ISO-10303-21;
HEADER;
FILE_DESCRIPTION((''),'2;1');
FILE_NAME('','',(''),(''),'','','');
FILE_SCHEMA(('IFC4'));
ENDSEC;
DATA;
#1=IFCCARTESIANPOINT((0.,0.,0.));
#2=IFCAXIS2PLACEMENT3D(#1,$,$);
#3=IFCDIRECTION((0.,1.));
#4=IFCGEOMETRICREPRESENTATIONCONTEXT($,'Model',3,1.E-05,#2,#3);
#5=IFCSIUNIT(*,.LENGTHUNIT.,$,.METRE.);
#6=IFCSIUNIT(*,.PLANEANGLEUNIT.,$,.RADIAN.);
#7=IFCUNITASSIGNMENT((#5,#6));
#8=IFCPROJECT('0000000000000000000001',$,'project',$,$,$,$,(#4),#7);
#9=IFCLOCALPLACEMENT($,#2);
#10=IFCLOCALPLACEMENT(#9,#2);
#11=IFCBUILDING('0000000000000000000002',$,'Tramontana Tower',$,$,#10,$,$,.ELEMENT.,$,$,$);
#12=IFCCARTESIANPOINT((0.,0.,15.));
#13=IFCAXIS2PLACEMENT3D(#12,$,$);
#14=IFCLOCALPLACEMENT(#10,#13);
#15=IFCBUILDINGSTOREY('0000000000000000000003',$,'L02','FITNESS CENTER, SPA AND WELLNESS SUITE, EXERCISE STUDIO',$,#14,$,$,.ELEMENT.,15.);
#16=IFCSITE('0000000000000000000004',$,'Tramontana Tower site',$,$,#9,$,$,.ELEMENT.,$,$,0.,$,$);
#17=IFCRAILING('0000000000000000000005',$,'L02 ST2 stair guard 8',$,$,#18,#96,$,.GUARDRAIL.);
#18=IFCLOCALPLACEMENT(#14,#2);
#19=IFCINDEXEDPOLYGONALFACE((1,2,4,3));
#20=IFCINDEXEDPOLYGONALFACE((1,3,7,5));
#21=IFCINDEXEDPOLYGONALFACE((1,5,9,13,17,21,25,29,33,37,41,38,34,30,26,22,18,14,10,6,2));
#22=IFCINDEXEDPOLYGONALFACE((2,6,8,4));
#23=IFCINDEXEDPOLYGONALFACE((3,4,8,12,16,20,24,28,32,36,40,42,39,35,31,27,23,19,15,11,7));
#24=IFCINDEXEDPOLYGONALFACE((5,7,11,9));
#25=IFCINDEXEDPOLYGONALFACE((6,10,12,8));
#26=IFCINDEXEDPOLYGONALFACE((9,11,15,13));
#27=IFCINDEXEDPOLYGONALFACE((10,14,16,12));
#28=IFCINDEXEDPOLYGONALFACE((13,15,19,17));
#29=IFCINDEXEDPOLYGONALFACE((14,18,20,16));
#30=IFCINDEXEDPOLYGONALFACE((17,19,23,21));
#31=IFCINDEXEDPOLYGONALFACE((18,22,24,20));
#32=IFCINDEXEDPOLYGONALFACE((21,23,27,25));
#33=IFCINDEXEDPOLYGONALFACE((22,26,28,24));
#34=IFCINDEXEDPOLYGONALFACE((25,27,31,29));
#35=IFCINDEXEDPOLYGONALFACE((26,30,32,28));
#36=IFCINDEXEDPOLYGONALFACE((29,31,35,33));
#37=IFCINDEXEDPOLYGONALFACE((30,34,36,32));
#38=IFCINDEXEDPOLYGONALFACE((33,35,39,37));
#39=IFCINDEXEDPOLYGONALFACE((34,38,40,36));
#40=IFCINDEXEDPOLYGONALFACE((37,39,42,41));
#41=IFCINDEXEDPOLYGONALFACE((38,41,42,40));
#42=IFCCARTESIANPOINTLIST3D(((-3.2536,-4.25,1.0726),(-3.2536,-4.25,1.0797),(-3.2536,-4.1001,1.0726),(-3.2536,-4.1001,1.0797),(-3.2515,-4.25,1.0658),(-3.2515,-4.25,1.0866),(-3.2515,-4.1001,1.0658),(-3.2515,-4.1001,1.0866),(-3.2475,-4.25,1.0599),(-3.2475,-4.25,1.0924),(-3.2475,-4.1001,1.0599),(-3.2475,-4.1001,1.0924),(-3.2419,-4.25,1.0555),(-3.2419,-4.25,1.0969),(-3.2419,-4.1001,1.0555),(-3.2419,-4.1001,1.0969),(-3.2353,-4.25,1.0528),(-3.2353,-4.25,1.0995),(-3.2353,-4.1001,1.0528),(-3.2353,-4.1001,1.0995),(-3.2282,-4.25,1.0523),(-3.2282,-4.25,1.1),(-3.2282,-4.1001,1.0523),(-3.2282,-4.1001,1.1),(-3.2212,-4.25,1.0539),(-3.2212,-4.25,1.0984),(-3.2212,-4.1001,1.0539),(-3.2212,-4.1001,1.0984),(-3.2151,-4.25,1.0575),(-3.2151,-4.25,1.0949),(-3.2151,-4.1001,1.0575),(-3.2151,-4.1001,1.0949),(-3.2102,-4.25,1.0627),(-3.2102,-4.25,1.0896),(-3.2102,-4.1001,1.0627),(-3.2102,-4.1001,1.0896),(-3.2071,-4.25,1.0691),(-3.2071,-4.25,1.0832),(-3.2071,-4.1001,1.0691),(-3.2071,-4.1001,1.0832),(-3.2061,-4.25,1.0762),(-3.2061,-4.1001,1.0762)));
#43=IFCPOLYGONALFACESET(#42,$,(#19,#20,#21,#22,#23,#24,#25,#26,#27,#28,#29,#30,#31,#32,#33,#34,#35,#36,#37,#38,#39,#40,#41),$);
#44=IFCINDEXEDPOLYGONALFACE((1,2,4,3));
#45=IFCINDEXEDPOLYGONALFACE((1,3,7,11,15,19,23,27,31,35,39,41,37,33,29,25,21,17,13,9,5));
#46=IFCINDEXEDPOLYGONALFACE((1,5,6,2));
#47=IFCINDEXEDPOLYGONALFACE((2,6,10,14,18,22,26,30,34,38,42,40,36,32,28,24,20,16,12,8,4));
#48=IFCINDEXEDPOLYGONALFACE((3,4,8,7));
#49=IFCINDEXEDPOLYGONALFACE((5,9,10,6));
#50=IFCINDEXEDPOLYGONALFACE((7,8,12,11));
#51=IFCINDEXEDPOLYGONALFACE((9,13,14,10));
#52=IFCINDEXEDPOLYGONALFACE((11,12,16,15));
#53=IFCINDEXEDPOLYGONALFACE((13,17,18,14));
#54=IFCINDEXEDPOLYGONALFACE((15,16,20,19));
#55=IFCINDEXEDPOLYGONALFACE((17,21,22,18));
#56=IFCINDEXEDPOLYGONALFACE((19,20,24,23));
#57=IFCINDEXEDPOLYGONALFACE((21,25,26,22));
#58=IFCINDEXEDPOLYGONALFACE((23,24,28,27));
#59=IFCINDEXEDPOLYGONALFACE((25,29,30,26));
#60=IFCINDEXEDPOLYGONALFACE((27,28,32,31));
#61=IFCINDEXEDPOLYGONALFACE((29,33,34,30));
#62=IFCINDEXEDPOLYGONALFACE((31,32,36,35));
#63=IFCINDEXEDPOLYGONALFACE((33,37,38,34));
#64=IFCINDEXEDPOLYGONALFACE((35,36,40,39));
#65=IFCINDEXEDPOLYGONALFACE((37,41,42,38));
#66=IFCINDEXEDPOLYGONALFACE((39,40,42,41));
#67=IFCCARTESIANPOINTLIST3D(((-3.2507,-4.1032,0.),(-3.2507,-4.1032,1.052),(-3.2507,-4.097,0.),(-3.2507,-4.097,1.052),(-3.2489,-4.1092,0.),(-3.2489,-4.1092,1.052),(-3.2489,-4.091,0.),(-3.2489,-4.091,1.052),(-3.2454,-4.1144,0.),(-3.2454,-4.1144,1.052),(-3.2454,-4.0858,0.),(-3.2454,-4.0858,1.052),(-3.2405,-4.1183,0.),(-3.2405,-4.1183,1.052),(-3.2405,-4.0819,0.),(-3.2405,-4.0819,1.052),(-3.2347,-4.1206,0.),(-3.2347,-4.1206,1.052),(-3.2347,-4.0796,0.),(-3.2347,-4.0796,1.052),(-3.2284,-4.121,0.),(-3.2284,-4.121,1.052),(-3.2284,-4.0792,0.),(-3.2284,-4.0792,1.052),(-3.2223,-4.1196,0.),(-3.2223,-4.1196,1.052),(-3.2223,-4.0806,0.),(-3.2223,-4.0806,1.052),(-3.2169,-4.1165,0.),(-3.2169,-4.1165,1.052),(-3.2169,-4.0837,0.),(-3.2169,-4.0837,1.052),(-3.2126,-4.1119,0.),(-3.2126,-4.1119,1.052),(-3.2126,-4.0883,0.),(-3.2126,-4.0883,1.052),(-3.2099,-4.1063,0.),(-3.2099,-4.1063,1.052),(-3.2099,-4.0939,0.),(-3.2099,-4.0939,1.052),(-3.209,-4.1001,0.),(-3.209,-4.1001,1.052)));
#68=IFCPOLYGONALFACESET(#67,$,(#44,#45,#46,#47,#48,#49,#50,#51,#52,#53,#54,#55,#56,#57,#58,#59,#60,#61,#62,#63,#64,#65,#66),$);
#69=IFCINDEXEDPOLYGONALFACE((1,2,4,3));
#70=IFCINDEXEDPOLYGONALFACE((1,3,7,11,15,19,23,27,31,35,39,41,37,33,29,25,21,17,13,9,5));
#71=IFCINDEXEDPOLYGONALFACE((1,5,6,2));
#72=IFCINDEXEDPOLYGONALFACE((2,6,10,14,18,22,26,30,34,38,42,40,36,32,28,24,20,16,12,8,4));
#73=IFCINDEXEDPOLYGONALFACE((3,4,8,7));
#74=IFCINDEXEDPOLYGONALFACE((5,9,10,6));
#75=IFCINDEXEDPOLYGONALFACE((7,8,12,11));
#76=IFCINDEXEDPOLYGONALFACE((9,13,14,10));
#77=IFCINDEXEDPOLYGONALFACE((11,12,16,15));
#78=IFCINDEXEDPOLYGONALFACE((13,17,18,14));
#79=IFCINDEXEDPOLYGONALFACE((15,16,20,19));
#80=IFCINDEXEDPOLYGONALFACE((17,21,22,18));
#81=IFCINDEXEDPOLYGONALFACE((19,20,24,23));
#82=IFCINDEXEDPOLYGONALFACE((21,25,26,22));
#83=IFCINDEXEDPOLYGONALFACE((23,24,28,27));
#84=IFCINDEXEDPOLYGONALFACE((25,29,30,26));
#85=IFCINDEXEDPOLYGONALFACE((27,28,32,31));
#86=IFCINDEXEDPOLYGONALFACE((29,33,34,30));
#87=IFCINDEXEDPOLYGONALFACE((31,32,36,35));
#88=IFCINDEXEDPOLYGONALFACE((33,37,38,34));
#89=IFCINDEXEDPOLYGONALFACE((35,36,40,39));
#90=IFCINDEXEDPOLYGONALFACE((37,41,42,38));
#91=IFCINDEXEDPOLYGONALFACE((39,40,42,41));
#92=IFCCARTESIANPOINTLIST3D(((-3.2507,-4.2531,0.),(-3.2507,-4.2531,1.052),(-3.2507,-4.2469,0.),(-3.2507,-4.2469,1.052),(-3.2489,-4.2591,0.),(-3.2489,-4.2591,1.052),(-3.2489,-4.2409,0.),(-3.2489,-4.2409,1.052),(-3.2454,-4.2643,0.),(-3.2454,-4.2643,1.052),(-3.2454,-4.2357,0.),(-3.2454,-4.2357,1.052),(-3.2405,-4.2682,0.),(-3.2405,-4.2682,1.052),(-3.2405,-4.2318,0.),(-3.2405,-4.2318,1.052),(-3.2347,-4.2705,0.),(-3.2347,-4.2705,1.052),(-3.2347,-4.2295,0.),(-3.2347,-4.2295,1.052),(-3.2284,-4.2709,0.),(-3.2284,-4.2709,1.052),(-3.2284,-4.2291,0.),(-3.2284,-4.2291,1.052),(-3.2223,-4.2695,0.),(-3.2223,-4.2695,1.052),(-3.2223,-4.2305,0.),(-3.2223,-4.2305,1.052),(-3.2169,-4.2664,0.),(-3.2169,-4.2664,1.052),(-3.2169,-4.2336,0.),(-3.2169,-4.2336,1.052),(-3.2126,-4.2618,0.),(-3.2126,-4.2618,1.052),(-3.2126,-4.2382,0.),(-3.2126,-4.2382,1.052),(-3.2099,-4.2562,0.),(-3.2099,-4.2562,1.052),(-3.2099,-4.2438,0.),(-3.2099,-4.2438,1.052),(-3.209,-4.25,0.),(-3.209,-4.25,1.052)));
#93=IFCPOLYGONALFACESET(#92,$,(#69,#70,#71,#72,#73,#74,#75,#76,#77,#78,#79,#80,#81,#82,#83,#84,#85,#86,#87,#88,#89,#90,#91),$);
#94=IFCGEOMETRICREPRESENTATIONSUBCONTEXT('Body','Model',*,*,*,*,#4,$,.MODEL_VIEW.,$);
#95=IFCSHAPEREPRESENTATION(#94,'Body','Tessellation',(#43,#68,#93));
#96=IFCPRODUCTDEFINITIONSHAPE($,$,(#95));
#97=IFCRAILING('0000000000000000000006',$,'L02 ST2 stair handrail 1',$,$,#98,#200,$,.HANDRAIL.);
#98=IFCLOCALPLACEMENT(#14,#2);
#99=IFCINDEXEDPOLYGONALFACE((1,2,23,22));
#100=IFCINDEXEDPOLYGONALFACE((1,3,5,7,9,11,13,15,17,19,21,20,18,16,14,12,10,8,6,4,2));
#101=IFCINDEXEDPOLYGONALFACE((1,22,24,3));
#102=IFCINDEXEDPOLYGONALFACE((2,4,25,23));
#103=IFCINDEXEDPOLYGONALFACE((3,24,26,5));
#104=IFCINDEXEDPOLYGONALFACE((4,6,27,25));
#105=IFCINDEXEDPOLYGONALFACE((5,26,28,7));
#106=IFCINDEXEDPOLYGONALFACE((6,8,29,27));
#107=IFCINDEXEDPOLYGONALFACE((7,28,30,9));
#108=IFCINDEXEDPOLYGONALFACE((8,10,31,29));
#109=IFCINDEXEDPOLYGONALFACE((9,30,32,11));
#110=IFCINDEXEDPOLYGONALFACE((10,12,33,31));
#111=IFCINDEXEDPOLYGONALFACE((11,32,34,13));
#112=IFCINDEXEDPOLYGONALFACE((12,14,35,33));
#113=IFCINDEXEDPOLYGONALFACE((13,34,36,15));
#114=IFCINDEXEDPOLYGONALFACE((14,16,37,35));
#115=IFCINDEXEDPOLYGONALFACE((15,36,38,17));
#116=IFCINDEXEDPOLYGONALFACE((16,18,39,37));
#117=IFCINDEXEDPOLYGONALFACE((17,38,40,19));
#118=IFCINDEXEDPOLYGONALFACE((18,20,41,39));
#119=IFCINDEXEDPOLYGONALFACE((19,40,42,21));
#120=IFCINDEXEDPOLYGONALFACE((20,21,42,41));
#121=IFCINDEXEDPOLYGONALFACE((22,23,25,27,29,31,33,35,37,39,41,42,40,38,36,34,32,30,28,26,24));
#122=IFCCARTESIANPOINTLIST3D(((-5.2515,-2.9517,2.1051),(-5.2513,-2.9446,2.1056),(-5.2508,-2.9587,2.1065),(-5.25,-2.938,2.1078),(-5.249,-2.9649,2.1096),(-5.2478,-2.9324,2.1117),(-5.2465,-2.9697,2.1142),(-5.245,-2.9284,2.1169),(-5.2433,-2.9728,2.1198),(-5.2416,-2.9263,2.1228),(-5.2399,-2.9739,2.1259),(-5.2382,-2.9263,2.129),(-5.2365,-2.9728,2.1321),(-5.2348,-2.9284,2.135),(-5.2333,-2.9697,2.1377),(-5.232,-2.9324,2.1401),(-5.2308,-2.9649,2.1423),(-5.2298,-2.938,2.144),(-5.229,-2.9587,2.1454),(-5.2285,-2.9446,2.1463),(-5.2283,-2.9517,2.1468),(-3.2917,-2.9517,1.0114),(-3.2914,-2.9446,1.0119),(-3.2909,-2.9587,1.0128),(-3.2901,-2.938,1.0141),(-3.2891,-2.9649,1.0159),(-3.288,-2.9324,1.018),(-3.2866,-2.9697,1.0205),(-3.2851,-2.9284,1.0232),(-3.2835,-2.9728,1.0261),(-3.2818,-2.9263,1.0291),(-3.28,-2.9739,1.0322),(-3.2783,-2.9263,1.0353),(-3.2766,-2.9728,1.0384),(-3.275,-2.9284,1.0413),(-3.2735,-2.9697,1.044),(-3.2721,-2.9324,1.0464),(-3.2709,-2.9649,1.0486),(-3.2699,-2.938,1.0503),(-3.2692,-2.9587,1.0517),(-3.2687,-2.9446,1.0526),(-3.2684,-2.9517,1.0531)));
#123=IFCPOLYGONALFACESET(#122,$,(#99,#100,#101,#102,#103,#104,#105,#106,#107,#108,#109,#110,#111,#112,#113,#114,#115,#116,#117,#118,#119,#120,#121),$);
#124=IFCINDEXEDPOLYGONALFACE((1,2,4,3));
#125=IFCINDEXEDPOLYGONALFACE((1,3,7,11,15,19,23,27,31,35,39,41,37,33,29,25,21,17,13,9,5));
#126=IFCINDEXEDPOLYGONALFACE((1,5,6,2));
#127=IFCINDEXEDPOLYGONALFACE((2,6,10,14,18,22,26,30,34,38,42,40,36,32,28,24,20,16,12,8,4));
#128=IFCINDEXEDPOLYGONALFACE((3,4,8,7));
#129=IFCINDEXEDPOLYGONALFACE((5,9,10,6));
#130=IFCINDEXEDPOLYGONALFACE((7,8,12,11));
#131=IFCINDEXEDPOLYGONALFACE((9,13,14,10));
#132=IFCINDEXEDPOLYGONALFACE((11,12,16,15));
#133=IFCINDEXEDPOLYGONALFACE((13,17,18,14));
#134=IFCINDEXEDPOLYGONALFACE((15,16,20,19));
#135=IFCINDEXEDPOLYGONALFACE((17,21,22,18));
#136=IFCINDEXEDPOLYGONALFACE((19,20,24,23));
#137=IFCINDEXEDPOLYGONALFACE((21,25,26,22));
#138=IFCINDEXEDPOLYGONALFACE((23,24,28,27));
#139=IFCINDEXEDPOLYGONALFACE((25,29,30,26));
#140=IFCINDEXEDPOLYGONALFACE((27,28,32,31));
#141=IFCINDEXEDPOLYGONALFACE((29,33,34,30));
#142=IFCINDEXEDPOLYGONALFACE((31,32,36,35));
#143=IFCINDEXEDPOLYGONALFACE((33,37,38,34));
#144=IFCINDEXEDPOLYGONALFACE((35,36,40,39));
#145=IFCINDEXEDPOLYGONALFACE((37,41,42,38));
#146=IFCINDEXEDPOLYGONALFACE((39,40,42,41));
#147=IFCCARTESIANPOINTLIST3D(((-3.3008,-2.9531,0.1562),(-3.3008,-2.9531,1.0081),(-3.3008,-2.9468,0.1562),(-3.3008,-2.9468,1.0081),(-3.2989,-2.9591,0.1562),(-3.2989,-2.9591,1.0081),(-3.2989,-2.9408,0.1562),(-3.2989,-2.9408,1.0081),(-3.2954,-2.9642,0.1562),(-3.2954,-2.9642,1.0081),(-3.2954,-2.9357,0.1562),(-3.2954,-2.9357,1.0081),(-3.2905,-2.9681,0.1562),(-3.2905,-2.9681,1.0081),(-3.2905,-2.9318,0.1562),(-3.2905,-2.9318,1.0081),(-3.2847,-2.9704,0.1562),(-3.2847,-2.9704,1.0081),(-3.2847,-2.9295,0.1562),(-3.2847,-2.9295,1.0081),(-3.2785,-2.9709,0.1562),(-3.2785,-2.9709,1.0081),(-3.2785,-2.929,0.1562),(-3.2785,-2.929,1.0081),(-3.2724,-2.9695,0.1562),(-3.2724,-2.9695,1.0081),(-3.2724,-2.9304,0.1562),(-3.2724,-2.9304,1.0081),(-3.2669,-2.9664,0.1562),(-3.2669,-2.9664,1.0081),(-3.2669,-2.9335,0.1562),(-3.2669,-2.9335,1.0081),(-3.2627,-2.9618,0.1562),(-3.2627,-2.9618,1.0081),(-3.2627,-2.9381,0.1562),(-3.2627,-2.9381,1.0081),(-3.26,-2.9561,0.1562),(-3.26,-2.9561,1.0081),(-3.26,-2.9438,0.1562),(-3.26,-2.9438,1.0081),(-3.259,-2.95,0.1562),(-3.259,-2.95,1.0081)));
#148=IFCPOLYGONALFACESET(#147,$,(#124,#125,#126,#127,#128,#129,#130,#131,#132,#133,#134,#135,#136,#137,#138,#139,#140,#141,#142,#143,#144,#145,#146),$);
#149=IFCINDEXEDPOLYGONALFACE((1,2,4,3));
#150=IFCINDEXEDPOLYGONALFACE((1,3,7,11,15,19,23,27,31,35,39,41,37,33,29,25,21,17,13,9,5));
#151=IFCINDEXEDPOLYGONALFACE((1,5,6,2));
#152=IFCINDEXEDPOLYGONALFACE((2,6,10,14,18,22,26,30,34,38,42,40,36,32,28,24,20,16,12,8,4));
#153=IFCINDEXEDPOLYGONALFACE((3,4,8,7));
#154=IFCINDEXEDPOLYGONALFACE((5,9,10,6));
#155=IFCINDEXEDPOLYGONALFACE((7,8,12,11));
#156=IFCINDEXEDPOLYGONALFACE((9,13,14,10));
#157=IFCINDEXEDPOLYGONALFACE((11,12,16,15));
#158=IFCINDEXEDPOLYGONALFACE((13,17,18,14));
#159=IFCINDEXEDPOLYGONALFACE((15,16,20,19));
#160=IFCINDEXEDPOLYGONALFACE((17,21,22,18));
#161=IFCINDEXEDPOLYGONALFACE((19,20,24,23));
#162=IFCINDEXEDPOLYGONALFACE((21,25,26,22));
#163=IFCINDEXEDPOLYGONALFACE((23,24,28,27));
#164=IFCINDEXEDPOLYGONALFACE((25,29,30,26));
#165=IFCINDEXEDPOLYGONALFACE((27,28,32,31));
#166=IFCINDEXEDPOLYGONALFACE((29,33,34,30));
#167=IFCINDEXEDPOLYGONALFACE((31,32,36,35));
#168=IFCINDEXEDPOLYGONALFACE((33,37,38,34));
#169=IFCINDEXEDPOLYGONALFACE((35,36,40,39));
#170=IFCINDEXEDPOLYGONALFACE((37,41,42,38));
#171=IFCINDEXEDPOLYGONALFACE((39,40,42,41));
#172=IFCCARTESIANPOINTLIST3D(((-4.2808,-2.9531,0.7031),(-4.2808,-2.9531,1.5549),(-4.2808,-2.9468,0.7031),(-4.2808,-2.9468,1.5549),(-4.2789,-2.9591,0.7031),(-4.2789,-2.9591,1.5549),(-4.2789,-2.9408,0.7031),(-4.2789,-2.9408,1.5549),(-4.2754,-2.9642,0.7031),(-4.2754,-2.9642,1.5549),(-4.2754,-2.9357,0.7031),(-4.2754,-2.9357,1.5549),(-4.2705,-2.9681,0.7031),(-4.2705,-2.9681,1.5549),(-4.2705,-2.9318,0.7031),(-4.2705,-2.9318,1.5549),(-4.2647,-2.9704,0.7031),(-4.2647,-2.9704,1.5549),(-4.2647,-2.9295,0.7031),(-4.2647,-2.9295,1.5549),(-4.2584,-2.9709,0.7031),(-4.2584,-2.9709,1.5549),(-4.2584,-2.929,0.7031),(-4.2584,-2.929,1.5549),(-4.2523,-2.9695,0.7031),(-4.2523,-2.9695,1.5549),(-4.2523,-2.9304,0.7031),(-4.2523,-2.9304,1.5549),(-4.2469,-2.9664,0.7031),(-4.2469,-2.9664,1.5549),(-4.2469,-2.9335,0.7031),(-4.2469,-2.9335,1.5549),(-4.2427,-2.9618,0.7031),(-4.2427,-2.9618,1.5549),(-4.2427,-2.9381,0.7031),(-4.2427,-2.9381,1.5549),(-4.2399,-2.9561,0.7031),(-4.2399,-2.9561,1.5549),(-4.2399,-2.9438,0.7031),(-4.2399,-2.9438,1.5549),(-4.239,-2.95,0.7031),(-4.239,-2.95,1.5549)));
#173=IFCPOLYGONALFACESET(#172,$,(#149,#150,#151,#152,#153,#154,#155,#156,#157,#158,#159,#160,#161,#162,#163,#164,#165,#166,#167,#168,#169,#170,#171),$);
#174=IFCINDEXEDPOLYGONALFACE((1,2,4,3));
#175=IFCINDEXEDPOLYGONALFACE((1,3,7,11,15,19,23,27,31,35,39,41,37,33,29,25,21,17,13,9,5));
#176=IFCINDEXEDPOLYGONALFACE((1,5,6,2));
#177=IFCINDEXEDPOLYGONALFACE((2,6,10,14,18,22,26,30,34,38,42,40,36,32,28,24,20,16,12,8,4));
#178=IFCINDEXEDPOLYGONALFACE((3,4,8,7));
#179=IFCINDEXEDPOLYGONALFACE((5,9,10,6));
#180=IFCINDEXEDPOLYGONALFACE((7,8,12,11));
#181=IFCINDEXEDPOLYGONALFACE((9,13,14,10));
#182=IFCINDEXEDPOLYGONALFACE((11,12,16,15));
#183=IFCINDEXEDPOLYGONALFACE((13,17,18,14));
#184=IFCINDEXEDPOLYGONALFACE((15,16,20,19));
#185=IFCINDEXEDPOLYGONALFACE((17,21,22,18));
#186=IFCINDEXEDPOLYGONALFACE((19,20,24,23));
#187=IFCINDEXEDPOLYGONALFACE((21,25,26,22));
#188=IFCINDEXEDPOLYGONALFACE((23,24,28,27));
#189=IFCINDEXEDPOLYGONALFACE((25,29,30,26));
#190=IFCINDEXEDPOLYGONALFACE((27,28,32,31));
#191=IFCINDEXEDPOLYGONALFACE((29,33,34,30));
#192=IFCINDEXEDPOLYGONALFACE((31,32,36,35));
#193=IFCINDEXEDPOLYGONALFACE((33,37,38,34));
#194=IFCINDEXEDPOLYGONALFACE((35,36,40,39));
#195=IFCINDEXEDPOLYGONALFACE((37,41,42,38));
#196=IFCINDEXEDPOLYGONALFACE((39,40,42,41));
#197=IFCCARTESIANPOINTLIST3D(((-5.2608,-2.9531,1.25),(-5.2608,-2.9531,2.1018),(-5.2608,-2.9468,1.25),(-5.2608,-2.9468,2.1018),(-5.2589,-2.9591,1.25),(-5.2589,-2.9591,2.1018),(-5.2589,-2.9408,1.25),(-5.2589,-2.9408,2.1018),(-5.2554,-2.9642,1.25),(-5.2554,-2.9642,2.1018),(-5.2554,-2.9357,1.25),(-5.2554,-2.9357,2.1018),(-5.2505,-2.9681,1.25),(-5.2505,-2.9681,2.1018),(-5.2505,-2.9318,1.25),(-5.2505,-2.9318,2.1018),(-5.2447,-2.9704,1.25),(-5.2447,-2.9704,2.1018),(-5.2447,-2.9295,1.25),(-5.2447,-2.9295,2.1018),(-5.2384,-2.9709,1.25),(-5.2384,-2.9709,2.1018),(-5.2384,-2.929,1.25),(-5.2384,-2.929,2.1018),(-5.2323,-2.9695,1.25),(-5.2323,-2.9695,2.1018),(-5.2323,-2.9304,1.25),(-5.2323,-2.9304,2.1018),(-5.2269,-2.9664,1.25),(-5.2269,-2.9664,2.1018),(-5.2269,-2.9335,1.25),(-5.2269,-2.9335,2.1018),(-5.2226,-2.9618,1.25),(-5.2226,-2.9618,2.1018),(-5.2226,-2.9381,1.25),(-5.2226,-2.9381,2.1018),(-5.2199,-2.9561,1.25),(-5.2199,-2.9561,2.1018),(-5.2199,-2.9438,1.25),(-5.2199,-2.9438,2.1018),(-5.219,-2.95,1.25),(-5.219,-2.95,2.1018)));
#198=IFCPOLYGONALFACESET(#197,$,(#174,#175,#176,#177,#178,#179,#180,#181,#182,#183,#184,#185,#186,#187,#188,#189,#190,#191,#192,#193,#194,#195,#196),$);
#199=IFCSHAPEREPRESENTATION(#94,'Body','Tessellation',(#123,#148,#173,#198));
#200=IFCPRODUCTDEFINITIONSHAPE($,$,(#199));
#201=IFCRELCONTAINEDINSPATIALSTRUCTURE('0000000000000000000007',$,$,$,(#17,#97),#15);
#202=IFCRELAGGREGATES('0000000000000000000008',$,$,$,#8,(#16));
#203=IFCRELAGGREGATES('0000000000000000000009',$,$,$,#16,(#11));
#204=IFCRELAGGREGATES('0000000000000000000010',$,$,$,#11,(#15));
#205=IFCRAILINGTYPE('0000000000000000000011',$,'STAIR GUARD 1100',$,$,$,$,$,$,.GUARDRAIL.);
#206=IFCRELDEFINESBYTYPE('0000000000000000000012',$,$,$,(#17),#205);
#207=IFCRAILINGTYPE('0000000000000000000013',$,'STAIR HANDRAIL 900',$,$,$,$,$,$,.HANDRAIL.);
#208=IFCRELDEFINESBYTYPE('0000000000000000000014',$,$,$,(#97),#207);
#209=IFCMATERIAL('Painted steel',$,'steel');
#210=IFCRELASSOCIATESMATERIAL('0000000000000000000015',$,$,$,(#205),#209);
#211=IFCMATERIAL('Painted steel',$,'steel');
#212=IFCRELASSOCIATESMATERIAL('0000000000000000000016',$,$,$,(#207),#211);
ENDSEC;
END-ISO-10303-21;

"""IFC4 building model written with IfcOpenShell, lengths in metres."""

from ifc_helpers import new_model, si_unit, direction, frame, origin, origin_2d, place, context, subcontext, project, spatial, circle, extrude, material, type_object, element, save


model = new_model("IFC4")

# Units and contexts
model_context = context("Model", 3, precision=1e-05, world=origin(), true_north=direction((0.0, 1.0)))
body_context = subcontext(model_context, "Body", "Model", "MODEL_VIEW")
ifc_project = project(units=[si_unit("LENGTHUNIT", "METRE"), si_unit("PLANEANGLEUNIT", "RADIAN")], contexts=[model_context])

# Site, building, storey
site_placement = place(None, origin())
site = spatial("IfcSite", under=ifc_project, at=site_placement, Name="Tramontana Tower site", CompositionType="ELEMENT", RefElevation=0.0)
building_placement = place(site_placement, origin())
building = spatial("IfcBuilding", under=site, at=building_placement, Name="Tramontana Tower", CompositionType="ELEMENT")
storey_placement = place(building_placement, frame((0.0, 0.0, 15.0)))
storey = spatial("IfcBuildingStorey", under=building, at=storey_placement, Name="L02", Description="FITNESS CENTER, SPA AND WELLNESS SUITE, EXERCISE STUDIO", CompositionType="ELEMENT", Elevation=15.0)

# Railings
ifc_material_1 = material(Name="Painted steel", Category="steel")
railing_type_1 = type_object("IfcRailingType", Name="STAIR GUARD 1100", PredefinedType="GUARDRAIL", material=ifc_material_1)
for number, where, name in (
    (1, (-3.23, -4.1001, 0.0), "L02 ST2 stair guard 8"),
):
    element("IfcRailing", number, at=place(storey_placement, frame(where)), inside=storey, type_object=railing_type_1, Name=name, PredefinedType="GUARDRAIL", context=body_context, shape_type="SweptSolid", body=[
        extrude(circle(Radius=0.0239, at=origin_2d()), frame((0.0, 0.0, 1.0762), z_axis=(0.0, -1.0, 0.0), x_axis=(1.0, 0.0, 0.0)), (0.0, 0.0, 1.0), 0.1499),
        extrude(circle(Radius=0.021, at=origin_2d()), origin(), (0.0, 0.0, 1.0), 1.052),
        extrude(circle(Radius=0.021, at=origin_2d()), frame((0.0, -0.1499, 0.0)), (0.0, 0.0, 1.0), 1.052),
    ])
ifc_material_2 = material(Name="Painted steel", Category="steel")
railing_type_2 = type_object("IfcRailingType", Name="STAIR HANDRAIL 900", PredefinedType="HANDRAIL", material=ifc_material_2)
railing_1_placement = place(storey_placement, frame((-3.28, -2.95, 0.1562)))
element("IfcRailing", 2, at=railing_1_placement, inside=storey, type_object=railing_type_2, Name="L02 ST2 stair handrail 1", PredefinedType="HANDRAIL", context=body_context, shape_type="SweptSolid", body=[
    extrude(circle(Radius=0.0239, at=origin_2d()), frame((0.0, 0.0, 0.876), z_axis=(-0.873232, 0.0, 0.487304), x_axis=(0.0, -1.0, 0.0)), (0.0, 0.0, 1.0), 2.2444),
    extrude(circle(Radius=0.021, at=origin_2d()), origin(), (0.0, 0.0, 1.0), 0.8518),
    extrude(circle(Radius=0.021, at=origin_2d()), frame((-0.98, 0.0, 0.5469)), (0.0, 0.0, 1.0), 0.8518),
    extrude(circle(Radius=0.021, at=origin_2d()), frame((-1.96, 0.0, 1.0938)), (0.0, 0.0, 1.0), 0.8518),
])

save(model, "model.ifc")
